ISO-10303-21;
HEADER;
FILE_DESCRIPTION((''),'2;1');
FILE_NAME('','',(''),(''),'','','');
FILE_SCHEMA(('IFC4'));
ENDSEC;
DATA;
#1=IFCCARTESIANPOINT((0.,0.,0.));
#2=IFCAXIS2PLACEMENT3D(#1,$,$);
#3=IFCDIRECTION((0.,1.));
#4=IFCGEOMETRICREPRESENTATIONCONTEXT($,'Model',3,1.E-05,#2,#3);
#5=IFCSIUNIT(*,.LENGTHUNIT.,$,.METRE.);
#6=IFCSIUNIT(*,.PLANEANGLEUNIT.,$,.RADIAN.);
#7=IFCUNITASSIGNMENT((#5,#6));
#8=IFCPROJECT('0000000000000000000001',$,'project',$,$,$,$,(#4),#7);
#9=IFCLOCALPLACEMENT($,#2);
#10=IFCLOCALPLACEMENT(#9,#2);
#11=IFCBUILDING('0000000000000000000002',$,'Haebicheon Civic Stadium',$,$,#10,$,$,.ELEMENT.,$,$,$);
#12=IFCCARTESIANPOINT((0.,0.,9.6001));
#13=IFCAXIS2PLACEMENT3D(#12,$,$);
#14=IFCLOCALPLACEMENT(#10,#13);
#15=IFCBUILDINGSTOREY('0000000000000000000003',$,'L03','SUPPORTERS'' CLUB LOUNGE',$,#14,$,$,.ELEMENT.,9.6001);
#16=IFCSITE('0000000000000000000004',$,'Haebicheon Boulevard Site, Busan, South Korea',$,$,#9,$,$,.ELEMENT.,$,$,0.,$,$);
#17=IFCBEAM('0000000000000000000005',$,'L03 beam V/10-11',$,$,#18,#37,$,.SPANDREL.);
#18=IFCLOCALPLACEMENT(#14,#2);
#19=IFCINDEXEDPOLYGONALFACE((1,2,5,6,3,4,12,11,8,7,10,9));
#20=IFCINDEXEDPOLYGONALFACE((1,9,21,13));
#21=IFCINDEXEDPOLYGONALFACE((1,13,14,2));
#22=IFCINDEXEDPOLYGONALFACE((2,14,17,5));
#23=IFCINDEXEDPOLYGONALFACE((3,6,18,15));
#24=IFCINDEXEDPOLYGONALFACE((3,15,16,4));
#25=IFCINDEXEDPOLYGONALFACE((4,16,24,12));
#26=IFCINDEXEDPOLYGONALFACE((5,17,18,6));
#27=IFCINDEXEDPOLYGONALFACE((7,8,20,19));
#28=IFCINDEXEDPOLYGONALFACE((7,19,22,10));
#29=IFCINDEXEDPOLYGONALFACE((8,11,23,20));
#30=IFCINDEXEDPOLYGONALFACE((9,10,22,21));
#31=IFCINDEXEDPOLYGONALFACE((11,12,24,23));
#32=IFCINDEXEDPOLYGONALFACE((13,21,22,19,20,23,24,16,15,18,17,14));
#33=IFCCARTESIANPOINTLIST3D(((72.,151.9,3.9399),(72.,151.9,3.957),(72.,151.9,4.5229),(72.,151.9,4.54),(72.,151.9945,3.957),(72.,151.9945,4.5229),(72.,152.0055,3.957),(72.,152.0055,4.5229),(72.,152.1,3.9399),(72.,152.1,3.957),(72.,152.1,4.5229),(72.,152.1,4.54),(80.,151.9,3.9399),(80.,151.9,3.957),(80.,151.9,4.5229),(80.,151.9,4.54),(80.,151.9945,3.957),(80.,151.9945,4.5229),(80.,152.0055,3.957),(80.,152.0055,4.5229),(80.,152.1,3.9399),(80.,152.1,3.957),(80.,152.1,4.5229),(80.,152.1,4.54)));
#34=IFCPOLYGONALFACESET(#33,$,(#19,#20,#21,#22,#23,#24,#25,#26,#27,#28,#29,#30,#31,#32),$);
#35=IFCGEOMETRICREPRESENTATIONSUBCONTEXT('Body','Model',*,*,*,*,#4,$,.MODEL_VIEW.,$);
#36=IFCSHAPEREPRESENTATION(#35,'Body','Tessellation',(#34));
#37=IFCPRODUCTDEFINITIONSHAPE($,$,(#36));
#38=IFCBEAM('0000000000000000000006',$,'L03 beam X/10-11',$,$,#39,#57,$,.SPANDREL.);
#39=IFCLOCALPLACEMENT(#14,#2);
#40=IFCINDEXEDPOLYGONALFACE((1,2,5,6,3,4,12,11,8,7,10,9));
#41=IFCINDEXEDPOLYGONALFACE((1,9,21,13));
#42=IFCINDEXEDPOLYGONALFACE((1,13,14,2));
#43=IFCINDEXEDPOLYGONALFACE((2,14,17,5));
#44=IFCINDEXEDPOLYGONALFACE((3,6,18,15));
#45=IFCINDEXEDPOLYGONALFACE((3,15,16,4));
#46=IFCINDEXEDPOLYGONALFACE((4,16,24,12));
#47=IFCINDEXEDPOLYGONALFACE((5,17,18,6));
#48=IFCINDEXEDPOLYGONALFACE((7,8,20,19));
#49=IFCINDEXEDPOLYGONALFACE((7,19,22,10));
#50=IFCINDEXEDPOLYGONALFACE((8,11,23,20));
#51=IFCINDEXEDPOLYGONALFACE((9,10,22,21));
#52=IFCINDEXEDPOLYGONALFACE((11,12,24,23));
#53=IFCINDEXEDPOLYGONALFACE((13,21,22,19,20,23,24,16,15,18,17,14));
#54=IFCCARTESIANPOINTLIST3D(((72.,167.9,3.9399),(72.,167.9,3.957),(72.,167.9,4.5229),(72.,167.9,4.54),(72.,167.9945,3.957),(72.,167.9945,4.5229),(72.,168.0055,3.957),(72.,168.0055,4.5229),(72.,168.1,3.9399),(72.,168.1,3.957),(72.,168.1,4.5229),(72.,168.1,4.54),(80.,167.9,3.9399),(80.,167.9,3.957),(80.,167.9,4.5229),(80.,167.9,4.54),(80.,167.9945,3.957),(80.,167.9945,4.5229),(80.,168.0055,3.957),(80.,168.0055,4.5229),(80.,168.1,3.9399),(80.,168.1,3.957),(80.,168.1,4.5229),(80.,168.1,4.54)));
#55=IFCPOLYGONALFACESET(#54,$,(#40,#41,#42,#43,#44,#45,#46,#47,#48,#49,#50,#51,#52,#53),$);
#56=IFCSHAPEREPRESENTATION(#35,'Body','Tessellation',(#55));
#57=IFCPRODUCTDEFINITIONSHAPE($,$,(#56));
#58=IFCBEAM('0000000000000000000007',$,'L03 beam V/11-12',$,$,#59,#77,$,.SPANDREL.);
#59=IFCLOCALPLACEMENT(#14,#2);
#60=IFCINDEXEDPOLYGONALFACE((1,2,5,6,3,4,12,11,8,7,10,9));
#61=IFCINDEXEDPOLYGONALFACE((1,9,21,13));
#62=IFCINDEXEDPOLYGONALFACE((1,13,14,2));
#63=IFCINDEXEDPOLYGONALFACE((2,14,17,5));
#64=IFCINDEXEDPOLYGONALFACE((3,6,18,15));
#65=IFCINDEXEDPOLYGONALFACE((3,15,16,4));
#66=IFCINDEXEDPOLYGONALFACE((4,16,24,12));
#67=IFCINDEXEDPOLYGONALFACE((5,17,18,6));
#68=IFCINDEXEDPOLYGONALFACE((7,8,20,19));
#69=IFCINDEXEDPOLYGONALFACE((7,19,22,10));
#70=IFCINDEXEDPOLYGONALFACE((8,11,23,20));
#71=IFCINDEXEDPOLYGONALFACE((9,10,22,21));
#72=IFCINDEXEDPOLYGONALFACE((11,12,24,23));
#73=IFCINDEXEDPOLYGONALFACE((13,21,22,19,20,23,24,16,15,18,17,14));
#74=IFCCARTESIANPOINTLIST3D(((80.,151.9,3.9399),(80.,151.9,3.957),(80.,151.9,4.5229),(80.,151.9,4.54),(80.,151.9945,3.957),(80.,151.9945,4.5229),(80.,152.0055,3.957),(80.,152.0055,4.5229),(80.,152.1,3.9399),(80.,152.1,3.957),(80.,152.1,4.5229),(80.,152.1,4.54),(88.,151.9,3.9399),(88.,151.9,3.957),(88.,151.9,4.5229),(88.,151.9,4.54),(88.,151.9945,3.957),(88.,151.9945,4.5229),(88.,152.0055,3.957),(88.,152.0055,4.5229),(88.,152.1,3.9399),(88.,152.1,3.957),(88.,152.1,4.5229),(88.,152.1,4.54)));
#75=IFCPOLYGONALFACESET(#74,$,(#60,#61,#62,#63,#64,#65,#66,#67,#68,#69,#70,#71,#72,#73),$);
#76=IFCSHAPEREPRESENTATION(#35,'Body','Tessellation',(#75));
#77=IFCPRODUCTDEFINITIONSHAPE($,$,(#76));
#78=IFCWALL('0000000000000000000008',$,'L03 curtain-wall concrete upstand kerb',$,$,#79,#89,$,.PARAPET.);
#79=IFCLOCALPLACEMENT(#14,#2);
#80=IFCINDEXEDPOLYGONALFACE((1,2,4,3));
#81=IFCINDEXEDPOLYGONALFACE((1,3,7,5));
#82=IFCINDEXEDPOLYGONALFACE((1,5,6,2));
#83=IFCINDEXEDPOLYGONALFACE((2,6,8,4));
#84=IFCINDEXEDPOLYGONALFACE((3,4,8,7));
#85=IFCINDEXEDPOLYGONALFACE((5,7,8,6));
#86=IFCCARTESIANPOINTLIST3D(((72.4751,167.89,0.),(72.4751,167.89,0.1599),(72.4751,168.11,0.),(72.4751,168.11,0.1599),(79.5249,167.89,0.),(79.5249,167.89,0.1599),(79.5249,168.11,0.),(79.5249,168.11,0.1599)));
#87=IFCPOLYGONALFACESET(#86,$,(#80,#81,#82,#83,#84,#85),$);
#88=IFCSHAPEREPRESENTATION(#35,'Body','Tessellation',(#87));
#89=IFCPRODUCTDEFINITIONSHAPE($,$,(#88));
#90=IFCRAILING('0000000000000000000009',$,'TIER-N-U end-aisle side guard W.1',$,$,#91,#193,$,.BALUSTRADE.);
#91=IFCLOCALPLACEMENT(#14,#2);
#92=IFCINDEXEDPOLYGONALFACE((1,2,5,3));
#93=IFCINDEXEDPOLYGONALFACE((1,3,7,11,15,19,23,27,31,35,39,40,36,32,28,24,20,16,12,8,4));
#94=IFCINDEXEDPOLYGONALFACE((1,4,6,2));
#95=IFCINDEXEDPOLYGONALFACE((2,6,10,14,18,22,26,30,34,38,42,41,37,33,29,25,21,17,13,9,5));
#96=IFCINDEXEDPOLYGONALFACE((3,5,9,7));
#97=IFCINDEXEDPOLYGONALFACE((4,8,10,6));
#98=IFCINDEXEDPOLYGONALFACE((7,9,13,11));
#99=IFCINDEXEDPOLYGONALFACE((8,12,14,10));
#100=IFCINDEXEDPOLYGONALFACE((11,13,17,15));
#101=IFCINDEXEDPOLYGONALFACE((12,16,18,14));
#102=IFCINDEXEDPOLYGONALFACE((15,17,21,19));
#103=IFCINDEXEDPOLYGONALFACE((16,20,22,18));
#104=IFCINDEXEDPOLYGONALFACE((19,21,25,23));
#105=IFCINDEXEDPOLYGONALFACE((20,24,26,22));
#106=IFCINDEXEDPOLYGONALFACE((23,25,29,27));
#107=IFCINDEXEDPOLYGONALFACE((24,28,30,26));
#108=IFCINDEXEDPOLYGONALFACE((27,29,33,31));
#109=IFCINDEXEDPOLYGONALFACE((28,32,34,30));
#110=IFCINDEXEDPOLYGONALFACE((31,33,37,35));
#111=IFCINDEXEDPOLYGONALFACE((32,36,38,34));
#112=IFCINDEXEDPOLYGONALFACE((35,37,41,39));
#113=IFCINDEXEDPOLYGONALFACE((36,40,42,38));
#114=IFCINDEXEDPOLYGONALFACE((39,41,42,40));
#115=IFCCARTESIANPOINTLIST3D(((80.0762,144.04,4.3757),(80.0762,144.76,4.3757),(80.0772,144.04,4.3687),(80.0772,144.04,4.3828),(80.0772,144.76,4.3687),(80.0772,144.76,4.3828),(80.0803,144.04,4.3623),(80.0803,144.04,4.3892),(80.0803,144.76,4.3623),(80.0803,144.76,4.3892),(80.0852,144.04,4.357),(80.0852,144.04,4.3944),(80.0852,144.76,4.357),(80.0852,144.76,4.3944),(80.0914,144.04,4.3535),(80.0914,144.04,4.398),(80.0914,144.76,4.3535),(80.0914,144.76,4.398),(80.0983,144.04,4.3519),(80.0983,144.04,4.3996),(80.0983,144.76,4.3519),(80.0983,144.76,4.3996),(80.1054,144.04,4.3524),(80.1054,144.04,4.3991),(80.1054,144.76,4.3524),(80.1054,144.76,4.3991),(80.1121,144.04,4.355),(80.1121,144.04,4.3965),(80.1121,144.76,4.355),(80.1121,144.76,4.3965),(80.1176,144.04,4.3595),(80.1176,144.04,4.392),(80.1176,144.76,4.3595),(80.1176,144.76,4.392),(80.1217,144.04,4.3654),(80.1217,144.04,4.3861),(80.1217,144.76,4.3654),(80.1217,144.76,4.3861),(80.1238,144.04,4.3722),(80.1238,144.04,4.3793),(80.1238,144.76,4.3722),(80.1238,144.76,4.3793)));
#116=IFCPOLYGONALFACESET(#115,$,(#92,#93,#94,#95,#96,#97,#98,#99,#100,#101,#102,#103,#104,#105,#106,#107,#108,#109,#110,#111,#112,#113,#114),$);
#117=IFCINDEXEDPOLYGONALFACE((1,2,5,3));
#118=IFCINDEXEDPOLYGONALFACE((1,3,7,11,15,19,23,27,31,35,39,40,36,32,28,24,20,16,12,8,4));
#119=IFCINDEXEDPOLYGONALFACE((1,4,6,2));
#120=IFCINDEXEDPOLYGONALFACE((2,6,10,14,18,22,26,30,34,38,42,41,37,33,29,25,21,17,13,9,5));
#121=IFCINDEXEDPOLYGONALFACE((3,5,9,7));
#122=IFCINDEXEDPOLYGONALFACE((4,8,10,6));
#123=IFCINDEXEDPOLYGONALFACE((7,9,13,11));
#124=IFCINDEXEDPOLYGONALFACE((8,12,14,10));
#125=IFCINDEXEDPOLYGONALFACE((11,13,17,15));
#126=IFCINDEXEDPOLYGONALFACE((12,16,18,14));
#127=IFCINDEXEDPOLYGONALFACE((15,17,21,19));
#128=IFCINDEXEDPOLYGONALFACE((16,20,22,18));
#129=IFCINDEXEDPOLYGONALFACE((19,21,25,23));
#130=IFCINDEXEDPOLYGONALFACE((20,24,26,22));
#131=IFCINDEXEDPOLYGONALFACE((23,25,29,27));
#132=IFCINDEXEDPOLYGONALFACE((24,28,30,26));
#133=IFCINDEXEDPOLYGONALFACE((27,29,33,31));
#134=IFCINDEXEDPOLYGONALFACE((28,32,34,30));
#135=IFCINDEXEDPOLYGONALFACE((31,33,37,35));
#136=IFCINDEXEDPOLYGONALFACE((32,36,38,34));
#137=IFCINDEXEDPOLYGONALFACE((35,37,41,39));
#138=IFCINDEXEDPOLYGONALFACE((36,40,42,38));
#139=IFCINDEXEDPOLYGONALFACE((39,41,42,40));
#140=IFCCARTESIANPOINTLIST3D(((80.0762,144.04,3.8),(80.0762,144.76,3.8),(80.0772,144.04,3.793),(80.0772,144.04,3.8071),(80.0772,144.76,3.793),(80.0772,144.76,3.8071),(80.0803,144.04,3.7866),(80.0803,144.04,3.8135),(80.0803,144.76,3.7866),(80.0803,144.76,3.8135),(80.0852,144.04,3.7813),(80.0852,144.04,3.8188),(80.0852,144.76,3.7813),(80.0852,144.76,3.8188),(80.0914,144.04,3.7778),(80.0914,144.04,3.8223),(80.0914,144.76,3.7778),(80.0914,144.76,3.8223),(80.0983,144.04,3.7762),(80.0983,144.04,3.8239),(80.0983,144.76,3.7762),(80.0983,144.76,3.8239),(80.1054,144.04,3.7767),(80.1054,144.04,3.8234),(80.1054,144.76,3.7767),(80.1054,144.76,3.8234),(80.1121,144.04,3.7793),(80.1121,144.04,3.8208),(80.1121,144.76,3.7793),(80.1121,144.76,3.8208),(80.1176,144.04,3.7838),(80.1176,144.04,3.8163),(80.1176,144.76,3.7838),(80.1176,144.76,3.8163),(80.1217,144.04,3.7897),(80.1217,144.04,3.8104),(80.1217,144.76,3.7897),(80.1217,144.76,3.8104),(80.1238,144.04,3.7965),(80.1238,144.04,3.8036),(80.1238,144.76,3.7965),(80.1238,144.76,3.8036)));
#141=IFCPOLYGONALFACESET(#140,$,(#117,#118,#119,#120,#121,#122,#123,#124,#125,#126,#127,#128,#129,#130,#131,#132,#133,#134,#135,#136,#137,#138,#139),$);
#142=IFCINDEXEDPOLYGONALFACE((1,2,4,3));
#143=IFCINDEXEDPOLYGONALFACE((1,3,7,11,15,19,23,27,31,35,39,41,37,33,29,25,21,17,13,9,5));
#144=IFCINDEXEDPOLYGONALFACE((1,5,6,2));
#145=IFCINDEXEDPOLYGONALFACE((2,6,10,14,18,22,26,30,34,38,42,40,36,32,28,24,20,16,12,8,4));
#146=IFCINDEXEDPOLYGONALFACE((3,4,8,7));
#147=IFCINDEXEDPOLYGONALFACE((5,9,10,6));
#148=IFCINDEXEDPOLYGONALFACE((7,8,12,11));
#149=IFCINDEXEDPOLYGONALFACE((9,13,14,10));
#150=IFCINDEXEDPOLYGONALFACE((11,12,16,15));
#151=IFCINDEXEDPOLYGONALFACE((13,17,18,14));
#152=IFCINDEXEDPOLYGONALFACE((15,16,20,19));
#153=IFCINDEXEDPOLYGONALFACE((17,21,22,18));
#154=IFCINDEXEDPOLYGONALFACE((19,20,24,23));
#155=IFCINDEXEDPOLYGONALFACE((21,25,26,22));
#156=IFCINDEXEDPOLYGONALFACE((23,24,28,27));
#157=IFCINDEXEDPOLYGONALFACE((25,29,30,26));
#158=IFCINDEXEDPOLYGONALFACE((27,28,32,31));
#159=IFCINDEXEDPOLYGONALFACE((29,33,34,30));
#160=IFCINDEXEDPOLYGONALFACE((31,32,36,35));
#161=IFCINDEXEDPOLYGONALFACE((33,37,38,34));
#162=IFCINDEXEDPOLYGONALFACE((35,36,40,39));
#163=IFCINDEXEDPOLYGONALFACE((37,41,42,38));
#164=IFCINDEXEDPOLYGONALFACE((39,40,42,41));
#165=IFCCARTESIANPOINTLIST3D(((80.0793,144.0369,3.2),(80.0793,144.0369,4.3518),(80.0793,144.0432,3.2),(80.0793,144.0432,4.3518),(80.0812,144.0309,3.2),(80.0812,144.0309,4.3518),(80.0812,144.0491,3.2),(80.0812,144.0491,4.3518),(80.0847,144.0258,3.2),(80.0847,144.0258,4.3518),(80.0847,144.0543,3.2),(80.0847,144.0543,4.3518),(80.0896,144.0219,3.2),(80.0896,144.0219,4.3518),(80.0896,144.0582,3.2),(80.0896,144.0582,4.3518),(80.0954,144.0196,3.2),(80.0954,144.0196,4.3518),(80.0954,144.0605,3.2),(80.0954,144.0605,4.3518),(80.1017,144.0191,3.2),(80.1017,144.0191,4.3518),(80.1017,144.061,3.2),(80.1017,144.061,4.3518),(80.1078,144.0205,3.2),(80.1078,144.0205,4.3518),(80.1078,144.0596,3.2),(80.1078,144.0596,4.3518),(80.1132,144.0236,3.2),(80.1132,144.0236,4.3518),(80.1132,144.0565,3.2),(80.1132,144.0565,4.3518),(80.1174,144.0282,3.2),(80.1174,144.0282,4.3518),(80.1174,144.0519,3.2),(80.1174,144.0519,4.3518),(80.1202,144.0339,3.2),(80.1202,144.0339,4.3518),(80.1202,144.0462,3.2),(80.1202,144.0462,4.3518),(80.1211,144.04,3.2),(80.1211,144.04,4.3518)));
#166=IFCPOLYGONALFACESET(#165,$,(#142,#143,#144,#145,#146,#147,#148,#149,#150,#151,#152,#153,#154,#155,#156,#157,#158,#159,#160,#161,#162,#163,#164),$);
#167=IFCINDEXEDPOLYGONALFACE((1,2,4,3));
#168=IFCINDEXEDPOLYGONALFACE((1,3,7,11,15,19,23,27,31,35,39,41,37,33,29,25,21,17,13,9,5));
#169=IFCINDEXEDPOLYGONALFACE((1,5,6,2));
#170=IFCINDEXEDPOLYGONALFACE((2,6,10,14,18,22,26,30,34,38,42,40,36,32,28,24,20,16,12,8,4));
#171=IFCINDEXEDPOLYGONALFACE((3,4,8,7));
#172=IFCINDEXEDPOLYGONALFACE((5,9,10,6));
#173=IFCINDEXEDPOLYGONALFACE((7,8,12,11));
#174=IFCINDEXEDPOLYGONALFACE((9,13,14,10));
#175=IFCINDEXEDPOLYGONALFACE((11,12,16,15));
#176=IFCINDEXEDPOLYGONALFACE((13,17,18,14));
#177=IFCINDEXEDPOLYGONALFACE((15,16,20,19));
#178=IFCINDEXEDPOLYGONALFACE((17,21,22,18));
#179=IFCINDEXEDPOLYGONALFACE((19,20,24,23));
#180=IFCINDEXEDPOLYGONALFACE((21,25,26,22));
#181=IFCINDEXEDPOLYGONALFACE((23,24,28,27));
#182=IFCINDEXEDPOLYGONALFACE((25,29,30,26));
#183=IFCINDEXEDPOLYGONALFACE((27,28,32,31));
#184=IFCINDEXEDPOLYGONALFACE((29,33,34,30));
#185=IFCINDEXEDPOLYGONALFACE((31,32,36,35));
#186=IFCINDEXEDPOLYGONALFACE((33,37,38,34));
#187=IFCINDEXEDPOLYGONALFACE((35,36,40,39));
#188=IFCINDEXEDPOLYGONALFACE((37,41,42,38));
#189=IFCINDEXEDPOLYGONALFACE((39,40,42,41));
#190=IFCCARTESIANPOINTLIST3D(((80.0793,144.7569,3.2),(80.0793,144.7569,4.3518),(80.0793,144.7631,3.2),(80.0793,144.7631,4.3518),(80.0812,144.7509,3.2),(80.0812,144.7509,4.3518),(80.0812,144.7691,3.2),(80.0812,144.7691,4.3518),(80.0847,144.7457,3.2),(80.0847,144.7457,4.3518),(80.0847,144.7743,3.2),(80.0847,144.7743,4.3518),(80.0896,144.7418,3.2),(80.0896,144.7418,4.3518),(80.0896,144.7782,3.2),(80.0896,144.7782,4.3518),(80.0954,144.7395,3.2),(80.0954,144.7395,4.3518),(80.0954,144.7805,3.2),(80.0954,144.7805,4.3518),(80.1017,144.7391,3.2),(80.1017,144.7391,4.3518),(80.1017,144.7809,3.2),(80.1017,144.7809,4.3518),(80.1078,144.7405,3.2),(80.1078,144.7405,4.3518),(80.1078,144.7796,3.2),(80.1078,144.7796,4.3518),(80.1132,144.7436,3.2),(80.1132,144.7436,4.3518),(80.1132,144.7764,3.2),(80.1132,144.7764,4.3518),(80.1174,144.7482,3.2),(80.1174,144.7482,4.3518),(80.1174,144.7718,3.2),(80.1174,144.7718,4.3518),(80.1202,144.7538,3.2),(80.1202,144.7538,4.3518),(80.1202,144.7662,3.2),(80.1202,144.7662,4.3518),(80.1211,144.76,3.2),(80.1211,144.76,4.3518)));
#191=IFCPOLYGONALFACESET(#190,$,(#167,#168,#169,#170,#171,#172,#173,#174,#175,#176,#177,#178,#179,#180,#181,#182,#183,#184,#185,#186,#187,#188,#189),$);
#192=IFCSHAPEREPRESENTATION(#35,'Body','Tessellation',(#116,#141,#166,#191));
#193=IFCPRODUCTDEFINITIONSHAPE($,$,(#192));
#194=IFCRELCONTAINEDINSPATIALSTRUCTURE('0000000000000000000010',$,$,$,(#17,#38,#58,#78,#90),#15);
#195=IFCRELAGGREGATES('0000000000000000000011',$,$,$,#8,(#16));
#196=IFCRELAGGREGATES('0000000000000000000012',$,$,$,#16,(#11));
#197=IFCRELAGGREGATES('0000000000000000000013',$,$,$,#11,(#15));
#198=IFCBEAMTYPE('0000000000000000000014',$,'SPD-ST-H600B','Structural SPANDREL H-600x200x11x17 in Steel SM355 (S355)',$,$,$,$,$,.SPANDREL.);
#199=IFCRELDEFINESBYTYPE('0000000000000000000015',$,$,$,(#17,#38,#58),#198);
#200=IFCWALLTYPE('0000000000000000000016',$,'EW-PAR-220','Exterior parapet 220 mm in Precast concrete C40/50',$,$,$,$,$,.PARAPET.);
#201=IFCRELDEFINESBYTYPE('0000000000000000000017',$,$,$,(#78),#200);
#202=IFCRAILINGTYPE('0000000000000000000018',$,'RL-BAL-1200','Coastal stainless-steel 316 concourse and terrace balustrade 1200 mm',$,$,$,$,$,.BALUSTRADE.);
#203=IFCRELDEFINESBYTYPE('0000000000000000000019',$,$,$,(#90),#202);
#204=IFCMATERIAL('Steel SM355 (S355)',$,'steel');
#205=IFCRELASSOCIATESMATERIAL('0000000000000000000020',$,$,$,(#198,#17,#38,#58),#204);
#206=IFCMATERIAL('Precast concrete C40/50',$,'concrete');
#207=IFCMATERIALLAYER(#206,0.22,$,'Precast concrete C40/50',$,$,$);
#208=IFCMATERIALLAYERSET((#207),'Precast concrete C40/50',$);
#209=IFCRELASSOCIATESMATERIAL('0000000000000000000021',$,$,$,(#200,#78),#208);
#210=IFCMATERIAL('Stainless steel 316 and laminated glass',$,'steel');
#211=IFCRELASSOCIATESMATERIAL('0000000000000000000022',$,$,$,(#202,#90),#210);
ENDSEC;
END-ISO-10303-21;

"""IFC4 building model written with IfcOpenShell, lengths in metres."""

from ifc_helpers import new_model, si_unit, direction, frame, frame_2d, origin, origin_2d, place, context, subcontext, project, spatial, rectangle, circle, i_section, extrude, material, layer, layer_set, material_profile, profile_set, type_object, element, save


model = new_model("IFC4")

# Units and contexts
model_context = context("Model", 3, precision=1e-05, world=origin(), true_north=direction((0.0, 1.0)))
body_context = subcontext(model_context, "Body", "Model", "MODEL_VIEW")
ifc_project = project(units=[si_unit("LENGTHUNIT", "METRE"), si_unit("PLANEANGLEUNIT", "RADIAN")], contexts=[model_context])

# Site, building, storey
site_placement = place(None, origin())
site = spatial("IfcSite", under=ifc_project, at=site_placement, Name="Haebicheon Boulevard Site, Busan, South Korea", CompositionType="ELEMENT", RefElevation=0.0)
building_placement = place(site_placement, origin())
building = spatial("IfcBuilding", under=site, at=building_placement, Name="Haebicheon Civic Stadium", CompositionType="ELEMENT")
storey_placement = place(building_placement, frame((0.0, 0.0, 9.6001)))
storey = spatial("IfcBuildingStorey", under=building, at=storey_placement, Name="L03", Description="SUPPORTERS' CLUB LOUNGE", CompositionType="ELEMENT", Elevation=9.6001)

# Beams
ifc_material_1 = material(Name="Steel SM355 (S355)", Category="steel")
ifc_material_profile_1 = material_profile(ifc_material_1, i_section(OverallWidth=0.2, OverallDepth=0.6001, WebThickness=0.011, FlangeThickness=0.0171, at=origin_2d()), Name="H-600x200x11x17")
ifc_profile_set_1 = profile_set([ifc_material_profile_1], Name="Steel SM355 (S355)")
beam_type_1 = type_object("IfcBeamType", Name="SPD-ST-H600B", Description="Structural SPANDREL H-600x200x11x17 in Steel SM355 (S355)", PredefinedType="SPANDREL", material=ifc_profile_set_1)
for number, where, z_axis, x_axis, name in (
    (1, (72.0, 152.0, 4.24), (1.0, 0.0, 0.0), (0.0, 1.0, 0.0), "L03 beam V/10-11"),
    (2, (72.0, 168.0, 4.24), (1.0, 0.0, 0.0), (0.0, 1.0, 0.0), "L03 beam X/10-11"),
    (3, (80.0, 152.0, 4.24), (1.0, 0.0, 0.0), (0.0, 1.0, 0.0), "L03 beam V/11-12"),
):
    element("IfcBeam", number, at=place(storey_placement, frame(where, z_axis=z_axis, x_axis=x_axis)), inside=storey, type_object=beam_type_1, material=ifc_profile_set_1, Name=name, PredefinedType="SPANDREL", context=body_context, shape_type="SweptSolid", body=[
        extrude(i_section(OverallWidth=0.2, OverallDepth=0.6001, WebThickness=0.011, FlangeThickness=0.0171, at=origin_2d()), origin(), (0.0, 0.0, 1.0), 8.0),
    ])

# Wall
ifc_material_2 = material(Name="Precast concrete C40/50", Category="concrete")
ifc_layer_1 = layer(ifc_material_2, 0.22, Name="Precast concrete C40/50")
ifc_layer_set_1 = layer_set([ifc_layer_1], Name="Precast concrete C40/50")
wall_type = type_object("IfcWallType", Name="EW-PAR-220", Description="Exterior parapet 220 mm in Precast concrete C40/50", PredefinedType="PARAPET", material=ifc_layer_set_1)
wall_placement = place(storey_placement, frame((72.4751, 168.0, 0.0), z_axis=(0.0, 0.0, 1.0), x_axis=(1.0, 0.0, 0.0)))
element("IfcWall", 4, at=wall_placement, inside=storey, type_object=wall_type, material=ifc_layer_set_1, Name="L03 curtain-wall concrete upstand kerb", PredefinedType="PARAPET", context=body_context, shape_type="SweptSolid", body=[
    extrude(rectangle(XDim=7.0498, YDim=0.22, at=frame_2d((3.5249, 0.0))), origin(), (0.0, 0.0, 1.0), 0.1599),
])

# Railing
ifc_material_3 = material(Name="Stainless steel 316 and laminated glass", Category="steel")
railing_type = type_object("IfcRailingType", Name="RL-BAL-1200", Description="Coastal stainless-steel 316 concourse and terrace balustrade 1200 mm", PredefinedType="BALUSTRADE", material=ifc_material_3)
for number, where, name in (
    (5, (80.1001, 144.04, 3.2), "TIER-N-U end-aisle side guard W.1"),
):
    element("IfcRailing", number, at=place(storey_placement, frame(where)), inside=storey, type_object=railing_type, material=ifc_material_3, Name=name, PredefinedType="BALUSTRADE", context=body_context, shape_type="SweptSolid", body=[
        extrude(circle(Radius=0.0239, at=origin_2d()), frame((0.0, 0.0, 1.1758), z_axis=(0.0, 1.0, 0.0), x_axis=(-1.0, 0.0, 0.0)), (0.0, 0.0, 1.0), 0.72),
        extrude(circle(Radius=0.0239, at=origin_2d()), frame((0.0, 0.0, 0.6001), z_axis=(0.0, 1.0, 0.0), x_axis=(-1.0, 0.0, 0.0)), (0.0, 0.0, 1.0), 0.72),
        extrude(circle(Radius=0.021, at=origin_2d()), origin(), (0.0, 0.0, 1.0), 1.1519),
        extrude(circle(Radius=0.021, at=origin_2d()), frame((0.0, 0.72, 0.0)), (0.0, 0.0, 1.0), 1.1519),
    ])

save(model, "model.ifc")
